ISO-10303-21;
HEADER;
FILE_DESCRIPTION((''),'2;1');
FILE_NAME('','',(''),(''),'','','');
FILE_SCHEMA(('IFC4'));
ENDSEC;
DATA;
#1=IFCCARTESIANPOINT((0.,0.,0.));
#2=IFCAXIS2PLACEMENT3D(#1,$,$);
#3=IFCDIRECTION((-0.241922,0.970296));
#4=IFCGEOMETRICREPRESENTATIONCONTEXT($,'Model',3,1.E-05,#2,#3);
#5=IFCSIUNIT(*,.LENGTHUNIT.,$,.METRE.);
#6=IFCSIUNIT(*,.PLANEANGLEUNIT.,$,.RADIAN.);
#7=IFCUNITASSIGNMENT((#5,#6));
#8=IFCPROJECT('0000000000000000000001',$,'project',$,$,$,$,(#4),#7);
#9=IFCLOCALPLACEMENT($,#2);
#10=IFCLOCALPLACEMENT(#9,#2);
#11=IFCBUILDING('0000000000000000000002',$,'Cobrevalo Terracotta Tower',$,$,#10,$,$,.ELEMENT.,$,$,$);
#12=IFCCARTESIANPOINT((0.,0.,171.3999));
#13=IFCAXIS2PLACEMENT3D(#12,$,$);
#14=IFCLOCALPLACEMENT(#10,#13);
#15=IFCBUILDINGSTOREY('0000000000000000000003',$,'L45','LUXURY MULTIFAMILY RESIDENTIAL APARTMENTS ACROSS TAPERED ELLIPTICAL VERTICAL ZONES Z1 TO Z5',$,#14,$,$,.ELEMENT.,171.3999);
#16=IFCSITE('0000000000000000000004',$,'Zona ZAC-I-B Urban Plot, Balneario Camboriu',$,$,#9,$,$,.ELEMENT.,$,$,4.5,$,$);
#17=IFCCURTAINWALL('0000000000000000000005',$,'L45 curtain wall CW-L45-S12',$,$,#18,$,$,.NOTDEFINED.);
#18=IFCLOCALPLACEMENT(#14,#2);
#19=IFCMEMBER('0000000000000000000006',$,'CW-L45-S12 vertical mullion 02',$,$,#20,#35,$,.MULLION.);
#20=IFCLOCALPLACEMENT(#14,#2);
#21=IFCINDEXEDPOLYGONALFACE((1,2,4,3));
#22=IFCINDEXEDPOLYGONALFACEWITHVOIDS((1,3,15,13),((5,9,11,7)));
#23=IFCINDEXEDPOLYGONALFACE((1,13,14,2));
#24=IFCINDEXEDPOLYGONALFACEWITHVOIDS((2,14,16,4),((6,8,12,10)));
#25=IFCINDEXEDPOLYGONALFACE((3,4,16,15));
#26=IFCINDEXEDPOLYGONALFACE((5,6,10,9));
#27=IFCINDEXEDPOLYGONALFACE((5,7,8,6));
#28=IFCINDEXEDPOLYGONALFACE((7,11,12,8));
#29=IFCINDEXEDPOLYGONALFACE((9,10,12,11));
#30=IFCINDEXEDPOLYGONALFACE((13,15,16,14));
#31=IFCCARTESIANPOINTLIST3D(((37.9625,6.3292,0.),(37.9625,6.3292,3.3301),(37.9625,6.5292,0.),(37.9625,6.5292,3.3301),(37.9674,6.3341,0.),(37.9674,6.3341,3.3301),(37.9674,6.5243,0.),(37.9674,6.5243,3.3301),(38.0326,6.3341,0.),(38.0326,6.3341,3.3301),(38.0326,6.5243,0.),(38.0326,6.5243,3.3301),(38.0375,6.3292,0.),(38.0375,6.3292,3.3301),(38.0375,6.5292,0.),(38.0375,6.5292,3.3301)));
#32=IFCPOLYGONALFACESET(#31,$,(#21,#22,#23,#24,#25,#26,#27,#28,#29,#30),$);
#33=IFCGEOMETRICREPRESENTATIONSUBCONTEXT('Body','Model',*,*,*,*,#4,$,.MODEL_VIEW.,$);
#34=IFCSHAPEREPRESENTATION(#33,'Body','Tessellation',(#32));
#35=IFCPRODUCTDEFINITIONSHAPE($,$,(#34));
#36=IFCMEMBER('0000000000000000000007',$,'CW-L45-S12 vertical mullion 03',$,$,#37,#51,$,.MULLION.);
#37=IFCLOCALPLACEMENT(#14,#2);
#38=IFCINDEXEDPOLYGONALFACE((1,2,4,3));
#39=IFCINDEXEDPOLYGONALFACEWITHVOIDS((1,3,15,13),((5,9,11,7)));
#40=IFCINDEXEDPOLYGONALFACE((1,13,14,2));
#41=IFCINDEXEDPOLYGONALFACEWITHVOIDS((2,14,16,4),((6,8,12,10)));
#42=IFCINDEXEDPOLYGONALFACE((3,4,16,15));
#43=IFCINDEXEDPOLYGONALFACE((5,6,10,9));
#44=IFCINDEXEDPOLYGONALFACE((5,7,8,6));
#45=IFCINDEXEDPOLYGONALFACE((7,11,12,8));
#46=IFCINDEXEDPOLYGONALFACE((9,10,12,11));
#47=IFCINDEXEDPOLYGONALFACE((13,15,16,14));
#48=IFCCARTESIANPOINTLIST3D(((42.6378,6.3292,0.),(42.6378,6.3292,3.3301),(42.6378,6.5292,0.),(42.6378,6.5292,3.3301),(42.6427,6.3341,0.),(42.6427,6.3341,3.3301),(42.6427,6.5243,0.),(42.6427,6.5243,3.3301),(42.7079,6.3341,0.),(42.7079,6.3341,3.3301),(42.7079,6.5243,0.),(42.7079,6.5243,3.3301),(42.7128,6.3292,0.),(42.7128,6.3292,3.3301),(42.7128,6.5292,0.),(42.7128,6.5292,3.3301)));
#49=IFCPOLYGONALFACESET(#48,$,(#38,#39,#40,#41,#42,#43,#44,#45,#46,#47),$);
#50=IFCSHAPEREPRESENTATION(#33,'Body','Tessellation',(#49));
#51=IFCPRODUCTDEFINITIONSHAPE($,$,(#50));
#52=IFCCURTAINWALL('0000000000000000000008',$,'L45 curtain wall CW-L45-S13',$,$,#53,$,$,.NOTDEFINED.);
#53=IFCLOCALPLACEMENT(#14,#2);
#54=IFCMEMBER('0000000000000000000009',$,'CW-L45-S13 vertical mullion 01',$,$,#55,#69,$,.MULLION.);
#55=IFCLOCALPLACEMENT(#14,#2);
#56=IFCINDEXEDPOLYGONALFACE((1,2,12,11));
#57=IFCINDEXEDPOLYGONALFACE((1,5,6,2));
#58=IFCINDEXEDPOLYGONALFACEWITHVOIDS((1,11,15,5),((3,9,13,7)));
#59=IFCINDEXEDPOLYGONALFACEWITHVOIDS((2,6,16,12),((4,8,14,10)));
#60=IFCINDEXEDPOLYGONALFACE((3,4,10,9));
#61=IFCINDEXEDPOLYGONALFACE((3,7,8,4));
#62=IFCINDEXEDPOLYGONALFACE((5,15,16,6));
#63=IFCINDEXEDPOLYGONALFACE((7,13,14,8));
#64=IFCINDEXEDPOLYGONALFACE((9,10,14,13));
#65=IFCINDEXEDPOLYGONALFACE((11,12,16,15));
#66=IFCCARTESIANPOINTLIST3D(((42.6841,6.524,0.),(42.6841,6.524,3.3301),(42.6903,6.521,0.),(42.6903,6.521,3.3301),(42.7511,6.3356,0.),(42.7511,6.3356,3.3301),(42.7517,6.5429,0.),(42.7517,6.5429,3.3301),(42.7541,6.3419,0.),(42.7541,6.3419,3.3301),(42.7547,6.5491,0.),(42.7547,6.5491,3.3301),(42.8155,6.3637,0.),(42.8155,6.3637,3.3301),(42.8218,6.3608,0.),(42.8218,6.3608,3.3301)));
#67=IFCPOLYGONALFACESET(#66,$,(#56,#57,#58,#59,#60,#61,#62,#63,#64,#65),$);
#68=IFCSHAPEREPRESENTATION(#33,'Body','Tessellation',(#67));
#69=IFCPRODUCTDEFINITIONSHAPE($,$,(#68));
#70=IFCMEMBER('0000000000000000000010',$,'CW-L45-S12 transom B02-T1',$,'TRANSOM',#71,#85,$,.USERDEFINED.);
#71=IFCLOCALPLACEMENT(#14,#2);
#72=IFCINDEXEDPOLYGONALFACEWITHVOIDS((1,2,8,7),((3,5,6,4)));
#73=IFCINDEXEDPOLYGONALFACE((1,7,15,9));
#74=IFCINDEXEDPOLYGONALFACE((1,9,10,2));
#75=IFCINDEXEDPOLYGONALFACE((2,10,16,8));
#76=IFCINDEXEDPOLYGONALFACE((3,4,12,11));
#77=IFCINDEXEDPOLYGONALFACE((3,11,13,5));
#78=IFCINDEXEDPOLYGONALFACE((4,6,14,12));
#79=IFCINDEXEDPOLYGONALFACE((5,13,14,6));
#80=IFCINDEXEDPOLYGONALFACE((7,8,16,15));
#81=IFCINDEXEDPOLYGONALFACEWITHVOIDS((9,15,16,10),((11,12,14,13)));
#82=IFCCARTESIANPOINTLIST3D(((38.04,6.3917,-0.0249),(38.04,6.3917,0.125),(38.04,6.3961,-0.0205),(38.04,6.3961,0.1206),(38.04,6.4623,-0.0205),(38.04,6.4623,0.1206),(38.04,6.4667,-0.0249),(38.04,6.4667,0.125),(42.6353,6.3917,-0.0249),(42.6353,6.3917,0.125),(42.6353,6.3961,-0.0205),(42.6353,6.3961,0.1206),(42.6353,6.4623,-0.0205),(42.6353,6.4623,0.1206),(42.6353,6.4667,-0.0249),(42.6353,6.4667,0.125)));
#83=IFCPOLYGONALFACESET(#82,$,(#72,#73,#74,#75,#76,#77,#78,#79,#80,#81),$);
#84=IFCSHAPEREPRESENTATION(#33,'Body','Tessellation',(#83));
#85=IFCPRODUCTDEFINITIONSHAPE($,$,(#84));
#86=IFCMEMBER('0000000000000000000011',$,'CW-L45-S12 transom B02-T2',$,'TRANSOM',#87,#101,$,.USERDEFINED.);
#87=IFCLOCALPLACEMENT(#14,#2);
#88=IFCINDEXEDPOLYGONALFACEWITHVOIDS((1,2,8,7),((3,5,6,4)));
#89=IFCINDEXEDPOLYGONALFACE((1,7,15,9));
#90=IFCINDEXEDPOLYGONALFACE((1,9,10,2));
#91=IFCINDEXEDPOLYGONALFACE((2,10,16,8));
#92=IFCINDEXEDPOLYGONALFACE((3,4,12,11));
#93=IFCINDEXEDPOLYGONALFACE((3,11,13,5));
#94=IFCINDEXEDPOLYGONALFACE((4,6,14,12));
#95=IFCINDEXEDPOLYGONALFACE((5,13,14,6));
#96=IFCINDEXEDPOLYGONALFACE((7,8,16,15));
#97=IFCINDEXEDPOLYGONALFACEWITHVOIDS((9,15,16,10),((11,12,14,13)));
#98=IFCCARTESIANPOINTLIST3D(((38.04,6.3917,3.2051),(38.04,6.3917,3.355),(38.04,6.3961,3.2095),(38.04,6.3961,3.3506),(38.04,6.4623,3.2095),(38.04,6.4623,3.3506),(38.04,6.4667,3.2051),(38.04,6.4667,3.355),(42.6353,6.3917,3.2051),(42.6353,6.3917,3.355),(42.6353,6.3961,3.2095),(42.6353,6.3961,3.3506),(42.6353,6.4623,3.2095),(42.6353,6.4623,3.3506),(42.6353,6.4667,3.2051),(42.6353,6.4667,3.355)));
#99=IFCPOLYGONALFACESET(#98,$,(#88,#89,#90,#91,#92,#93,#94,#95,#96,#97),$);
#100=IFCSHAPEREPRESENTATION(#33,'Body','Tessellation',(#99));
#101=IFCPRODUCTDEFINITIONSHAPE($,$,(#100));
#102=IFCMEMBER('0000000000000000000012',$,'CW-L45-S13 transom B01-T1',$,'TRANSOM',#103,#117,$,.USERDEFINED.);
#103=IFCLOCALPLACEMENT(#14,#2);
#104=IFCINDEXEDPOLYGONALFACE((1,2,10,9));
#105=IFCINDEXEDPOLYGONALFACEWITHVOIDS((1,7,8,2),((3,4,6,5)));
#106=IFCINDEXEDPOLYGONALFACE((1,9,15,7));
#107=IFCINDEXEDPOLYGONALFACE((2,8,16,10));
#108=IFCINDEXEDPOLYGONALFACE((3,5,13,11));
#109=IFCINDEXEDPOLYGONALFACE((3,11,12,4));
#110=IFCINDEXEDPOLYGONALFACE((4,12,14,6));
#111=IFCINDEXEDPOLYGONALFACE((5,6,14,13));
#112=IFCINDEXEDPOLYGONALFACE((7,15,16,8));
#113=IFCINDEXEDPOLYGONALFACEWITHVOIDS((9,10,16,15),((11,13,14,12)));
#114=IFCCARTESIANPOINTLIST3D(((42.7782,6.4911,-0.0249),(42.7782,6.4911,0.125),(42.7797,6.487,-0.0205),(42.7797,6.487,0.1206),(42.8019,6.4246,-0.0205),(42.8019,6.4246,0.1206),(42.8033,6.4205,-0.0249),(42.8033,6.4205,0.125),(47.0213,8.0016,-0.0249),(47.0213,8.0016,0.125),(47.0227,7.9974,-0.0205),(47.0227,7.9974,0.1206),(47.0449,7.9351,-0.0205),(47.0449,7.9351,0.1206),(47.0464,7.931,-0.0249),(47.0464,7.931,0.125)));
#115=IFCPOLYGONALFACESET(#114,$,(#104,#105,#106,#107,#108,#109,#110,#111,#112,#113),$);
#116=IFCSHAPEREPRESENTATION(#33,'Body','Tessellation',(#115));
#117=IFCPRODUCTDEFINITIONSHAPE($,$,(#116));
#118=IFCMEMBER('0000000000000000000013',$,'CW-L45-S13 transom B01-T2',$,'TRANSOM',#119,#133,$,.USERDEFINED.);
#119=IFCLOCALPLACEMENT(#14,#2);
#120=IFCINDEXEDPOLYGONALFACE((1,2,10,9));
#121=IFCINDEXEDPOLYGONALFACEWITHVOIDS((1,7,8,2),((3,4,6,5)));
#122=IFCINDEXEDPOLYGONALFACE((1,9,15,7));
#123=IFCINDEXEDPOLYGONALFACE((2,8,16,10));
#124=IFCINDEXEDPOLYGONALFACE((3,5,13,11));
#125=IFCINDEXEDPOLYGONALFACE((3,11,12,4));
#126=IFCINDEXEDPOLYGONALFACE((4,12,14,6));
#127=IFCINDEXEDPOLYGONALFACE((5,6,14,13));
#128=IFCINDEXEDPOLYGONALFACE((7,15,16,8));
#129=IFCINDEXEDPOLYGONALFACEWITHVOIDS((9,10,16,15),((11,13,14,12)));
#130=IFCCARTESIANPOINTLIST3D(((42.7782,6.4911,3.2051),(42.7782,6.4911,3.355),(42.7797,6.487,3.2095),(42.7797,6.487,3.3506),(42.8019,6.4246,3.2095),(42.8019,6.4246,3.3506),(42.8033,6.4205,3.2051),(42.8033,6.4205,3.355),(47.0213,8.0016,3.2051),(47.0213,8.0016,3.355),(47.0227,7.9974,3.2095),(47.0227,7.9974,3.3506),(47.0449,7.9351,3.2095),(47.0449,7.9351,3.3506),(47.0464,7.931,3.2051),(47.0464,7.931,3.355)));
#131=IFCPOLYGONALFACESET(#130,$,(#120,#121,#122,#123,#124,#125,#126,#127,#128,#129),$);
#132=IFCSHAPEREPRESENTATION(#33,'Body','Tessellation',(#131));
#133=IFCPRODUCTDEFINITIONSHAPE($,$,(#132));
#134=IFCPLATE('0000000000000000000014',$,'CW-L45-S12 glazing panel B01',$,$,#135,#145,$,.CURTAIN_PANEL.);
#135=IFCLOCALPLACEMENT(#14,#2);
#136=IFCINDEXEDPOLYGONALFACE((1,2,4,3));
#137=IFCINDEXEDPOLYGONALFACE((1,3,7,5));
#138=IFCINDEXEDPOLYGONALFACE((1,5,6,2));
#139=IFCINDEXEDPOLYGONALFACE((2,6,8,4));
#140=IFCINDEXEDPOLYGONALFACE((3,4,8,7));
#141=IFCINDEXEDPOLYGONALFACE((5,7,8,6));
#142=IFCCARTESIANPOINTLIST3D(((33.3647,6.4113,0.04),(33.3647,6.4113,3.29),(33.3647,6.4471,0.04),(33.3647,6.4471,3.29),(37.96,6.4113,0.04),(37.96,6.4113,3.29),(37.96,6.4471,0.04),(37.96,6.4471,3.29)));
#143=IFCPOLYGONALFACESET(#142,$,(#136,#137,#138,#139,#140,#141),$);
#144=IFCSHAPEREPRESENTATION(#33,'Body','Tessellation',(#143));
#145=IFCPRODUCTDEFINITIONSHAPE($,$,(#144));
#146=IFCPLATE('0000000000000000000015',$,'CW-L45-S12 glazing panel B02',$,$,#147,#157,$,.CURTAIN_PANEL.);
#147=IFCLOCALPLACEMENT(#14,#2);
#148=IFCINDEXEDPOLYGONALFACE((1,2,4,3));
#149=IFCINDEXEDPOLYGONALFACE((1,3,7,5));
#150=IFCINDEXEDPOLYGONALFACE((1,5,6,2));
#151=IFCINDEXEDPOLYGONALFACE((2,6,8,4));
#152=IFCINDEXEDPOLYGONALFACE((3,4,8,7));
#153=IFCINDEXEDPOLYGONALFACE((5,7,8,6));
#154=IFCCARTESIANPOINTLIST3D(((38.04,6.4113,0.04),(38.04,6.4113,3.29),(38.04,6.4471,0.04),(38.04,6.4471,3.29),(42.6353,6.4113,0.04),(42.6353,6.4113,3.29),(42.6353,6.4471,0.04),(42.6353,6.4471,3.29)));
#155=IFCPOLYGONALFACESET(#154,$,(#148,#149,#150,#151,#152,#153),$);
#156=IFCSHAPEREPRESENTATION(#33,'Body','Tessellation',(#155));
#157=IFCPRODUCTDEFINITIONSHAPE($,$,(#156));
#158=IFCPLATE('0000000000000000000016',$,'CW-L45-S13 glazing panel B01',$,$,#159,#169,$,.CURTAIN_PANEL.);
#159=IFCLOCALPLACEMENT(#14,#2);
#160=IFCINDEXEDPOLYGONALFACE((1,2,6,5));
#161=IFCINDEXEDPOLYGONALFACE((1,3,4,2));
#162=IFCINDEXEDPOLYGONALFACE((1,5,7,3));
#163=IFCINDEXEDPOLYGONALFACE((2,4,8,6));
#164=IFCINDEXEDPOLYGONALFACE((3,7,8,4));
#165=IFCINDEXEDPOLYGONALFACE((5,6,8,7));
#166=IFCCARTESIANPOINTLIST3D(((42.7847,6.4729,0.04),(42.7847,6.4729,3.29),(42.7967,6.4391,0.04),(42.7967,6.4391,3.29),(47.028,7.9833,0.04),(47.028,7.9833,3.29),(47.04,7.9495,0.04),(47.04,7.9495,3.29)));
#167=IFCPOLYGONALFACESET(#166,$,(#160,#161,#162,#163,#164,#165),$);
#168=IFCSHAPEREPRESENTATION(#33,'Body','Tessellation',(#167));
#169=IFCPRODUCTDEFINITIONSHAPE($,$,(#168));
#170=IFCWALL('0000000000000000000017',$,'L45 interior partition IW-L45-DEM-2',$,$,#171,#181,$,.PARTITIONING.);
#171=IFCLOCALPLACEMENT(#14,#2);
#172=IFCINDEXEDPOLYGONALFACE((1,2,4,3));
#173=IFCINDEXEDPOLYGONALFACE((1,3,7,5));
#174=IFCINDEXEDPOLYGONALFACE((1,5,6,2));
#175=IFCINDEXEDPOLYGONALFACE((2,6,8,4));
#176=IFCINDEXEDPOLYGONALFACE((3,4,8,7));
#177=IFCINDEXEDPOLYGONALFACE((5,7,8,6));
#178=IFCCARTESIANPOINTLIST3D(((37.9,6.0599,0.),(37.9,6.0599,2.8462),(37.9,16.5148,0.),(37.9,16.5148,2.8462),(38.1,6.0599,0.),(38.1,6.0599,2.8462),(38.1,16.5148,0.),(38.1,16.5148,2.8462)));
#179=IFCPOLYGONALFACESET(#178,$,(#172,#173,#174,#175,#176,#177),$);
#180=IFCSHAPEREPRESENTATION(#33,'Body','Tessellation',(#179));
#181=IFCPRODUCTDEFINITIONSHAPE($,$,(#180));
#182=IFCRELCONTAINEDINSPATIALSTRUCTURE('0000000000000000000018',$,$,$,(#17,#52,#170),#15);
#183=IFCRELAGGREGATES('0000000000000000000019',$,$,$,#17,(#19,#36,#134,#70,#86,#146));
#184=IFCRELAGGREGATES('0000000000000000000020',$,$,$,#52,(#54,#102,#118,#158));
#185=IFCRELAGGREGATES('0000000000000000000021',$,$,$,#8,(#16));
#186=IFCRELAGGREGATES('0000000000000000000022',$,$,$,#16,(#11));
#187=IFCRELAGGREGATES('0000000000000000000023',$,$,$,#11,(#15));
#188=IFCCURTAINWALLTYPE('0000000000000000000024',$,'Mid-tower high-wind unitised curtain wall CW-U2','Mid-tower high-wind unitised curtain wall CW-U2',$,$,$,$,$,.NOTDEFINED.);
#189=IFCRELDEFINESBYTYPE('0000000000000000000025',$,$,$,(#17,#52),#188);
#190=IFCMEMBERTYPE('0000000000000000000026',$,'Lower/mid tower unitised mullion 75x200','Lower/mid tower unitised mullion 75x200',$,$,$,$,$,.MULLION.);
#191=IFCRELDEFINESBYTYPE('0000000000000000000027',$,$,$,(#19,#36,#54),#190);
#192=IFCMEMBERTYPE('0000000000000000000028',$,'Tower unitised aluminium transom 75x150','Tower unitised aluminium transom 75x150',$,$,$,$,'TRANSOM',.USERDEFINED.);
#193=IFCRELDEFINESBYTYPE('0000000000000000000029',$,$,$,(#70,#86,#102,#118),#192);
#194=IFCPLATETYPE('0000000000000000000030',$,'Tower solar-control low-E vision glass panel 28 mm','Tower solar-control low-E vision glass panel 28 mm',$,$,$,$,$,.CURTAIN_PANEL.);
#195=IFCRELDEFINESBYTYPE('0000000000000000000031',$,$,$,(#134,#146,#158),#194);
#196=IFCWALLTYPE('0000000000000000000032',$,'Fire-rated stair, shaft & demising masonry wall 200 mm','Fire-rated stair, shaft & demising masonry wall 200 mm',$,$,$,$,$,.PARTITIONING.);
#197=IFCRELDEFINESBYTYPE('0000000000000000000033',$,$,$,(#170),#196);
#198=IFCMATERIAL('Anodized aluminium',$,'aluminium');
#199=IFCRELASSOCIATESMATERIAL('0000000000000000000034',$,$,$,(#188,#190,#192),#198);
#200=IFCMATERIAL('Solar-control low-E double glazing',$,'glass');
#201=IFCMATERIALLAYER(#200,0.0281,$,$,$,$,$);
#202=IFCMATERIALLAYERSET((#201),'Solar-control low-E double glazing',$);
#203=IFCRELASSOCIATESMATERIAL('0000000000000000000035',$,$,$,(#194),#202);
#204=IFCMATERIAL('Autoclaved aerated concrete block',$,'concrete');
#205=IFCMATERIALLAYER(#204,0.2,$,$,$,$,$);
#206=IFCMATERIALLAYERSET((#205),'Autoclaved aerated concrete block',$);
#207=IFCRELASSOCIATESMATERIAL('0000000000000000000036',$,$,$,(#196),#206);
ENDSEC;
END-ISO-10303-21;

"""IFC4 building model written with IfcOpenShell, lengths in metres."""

from ifc_helpers import new_model, si_unit, direction, frame, frame_2d, origin, origin_2d, place, context, subcontext, project, spatial, rectangle, hollow_rectangle, extrude, source, transform, mapped, material, layer, layer_set, material_profile, profile_set, type_object, element, aggregate, save


model = new_model("IFC4")

# Units and contexts
model_context = context("Model", 3, precision=1e-05, world=origin(), true_north=direction((-0.241922, 0.970296)))
body_context = subcontext(model_context, "Body", "Model", "MODEL_VIEW")
ifc_project = project(units=[si_unit("LENGTHUNIT", "METRE"), si_unit("PLANEANGLEUNIT", "RADIAN")], contexts=[model_context])

# Site, building, storey
site_placement = place(None, origin())
site = spatial("IfcSite", under=ifc_project, at=site_placement, Name="Zona ZAC-I-B Urban Plot, Balneario Camboriu", CompositionType="ELEMENT", RefElevation=4.5)
building_placement = place(site_placement, origin())
building = spatial("IfcBuilding", under=site, at=building_placement, Name="Cobrevalo Terracotta Tower", CompositionType="ELEMENT")
storey_placement = place(building_placement, frame((0.0, 0.0, 171.3999)))
storey = spatial("IfcBuildingStorey", under=building, at=storey_placement, Name="L45", Description="LUXURY MULTIFAMILY RESIDENTIAL APARTMENTS ACROSS TAPERED ELLIPTICAL VERTICAL ZONES Z1 TO Z5", CompositionType="ELEMENT", Elevation=171.3999)

# Curtain wall, members
ifc_material_1 = material(Name="Anodized aluminium", Category="aluminium")
curtain_wall_type = type_object("IfcCurtainWallType", Name="Mid-tower high-wind unitised curtain wall CW-U2", Description="Mid-tower high-wind unitised curtain wall CW-U2", PredefinedType="NOTDEFINED", material=ifc_material_1)
curtain_wall_1_placement = place(storey_placement, origin())
curtain_wall_1 = element("IfcCurtainWall", 1, at=curtain_wall_1_placement, inside=storey, type_object=curtain_wall_type, Name="L45 curtain wall CW-L45-S12", PredefinedType="NOTDEFINED")
ifc_material_profile_1 = material_profile(ifc_material_1, hollow_rectangle(XDim=0.075, YDim=0.2, WallThickness=0.0049, at=origin_2d()), Name="CWM 75x200")
ifc_profile_set_1 = profile_set([ifc_material_profile_1], Name="Anodized aluminium")
member_type_1 = type_object("IfcMemberType", Name="Lower/mid tower unitised mullion 75x200", Description="Lower/mid tower unitised mullion 75x200", PredefinedType="MULLION", material=ifc_profile_set_1)
shared_shape_1 = source(origin(), body_context, "Body", "SweptSolid", [
    extrude(hollow_rectangle(XDim=0.075, YDim=0.2, WallThickness=0.0049, at=origin_2d()), origin(), (0.0, 0.0, 1.0), 3.3301),
])
member_1_placement = place(storey_placement, frame((38.0, 6.4292, 0.0), z_axis=(0.0, 0.0, 1.0), x_axis=(1.0, 0.0, 0.0)))
member_1 = element("IfcMember", 2, at=member_1_placement, type_object=member_type_1, Name="CW-L45-S12 vertical mullion 02", PredefinedType="MULLION", context=body_context, shape_type="MappedRepresentation", body=[
    mapped(shared_shape_1, transform((0.0, 0.0, 0.0), scale=1.0)),
])
member_2_placement = place(storey_placement, frame((42.6753, 6.4292, 0.0), z_axis=(0.0, 0.0, 1.0), x_axis=(1.0, 0.0, 0.0)))
member_2 = element("IfcMember", 3, at=member_2_placement, type_object=member_type_1, Name="CW-L45-S12 vertical mullion 03", PredefinedType="MULLION", context=body_context, shape_type="MappedRepresentation", body=[
    mapped(shared_shape_1, transform((0.0, 0.0, 0.0), scale=1.0)),
])

# Curtain wall, member
curtain_wall_2_placement = place(storey_placement, origin())
curtain_wall_2 = element("IfcCurtainWall", 4, at=curtain_wall_2_placement, inside=storey, type_object=curtain_wall_type, Name="L45 curtain wall CW-L45-S13", PredefinedType="NOTDEFINED")
member_3_placement = place(storey_placement, frame((42.7529, 6.4424, 0.0), z_axis=(0.0, 0.0, 1.0), x_axis=(0.942098, 0.335336, 0.0)))
member_3 = element("IfcMember", 5, at=member_3_placement, type_object=member_type_1, Name="CW-L45-S13 vertical mullion 01", PredefinedType="MULLION", context=body_context, shape_type="MappedRepresentation", body=[
    mapped(shared_shape_1, transform((0.0, 0.0, 0.0), scale=1.0)),
])

# Members
ifc_material_profile_2 = material_profile(ifc_material_1, hollow_rectangle(XDim=0.075, YDim=0.1499, WallThickness=0.0044, at=origin_2d()), Name="CWT 75x150")
ifc_profile_set_2 = profile_set([ifc_material_profile_2], Name="Anodized aluminium")
member_type_2 = type_object("IfcMemberType", Name="Tower unitised aluminium transom 75x150", Description="Tower unitised aluminium transom 75x150", ElementType="TRANSOM", PredefinedType="USERDEFINED", material=ifc_profile_set_2)
shared_shape_2 = source(origin(), body_context, "Body", "SweptSolid", [
    extrude(hollow_rectangle(XDim=0.075, YDim=0.1499, WallThickness=0.0044, at=origin_2d()), origin(), (0.0, 0.0, 1.0), 4.5952),
])
member_4_placement = place(storey_placement, frame((38.04, 6.4292, 0.05), z_axis=(1.0, 0.0, 0.0), x_axis=(0.0, 1.0, 0.0)))
member_4 = element("IfcMember", 6, at=member_4_placement, type_object=member_type_2, Name="CW-L45-S12 transom B02-T1", ObjectType="TRANSOM", PredefinedType="USERDEFINED", context=body_context, shape_type="MappedRepresentation", body=[
    mapped(shared_shape_2, transform((0.0, 0.0, 0.0), scale=1.0)),
])
member_5_placement = place(storey_placement, frame((38.04, 6.4292, 3.28), z_axis=(1.0, 0.0, 0.0), x_axis=(0.0, 1.0, 0.0)))
member_5 = element("IfcMember", 7, at=member_5_placement, type_object=member_type_2, Name="CW-L45-S12 transom B02-T2", ObjectType="TRANSOM", PredefinedType="USERDEFINED", context=body_context, shape_type="MappedRepresentation", body=[
    mapped(shared_shape_2, transform((0.0, 0.0, 0.0), scale=1.0)),
])
shared_shape_3 = source(origin(), body_context, "Body", "SweptSolid", [
    extrude(hollow_rectangle(XDim=0.075, YDim=0.1499, WallThickness=0.0044, at=origin_2d()), origin(), (0.0, 0.0, 1.0), 4.5039),
])
member_6_placement = place(storey_placement, frame((42.7908, 6.4558, 0.05), z_axis=(0.942087, 0.335368, 0.0), x_axis=(-0.335368, 0.942087, 0.0)))
member_6 = element("IfcMember", 8, at=member_6_placement, type_object=member_type_2, Name="CW-L45-S13 transom B01-T1", ObjectType="TRANSOM", PredefinedType="USERDEFINED", context=body_context, shape_type="MappedRepresentation", body=[
    mapped(shared_shape_3, transform((0.0, 0.0, 0.0), scale=1.0)),
])
member_7_placement = place(storey_placement, frame((42.7908, 6.4558, 3.28), z_axis=(0.942087, 0.335368, 0.0), x_axis=(-0.335368, 0.942087, 0.0)))
member_7 = element("IfcMember", 9, at=member_7_placement, type_object=member_type_2, Name="CW-L45-S13 transom B01-T2", ObjectType="TRANSOM", PredefinedType="USERDEFINED", context=body_context, shape_type="MappedRepresentation", body=[
    mapped(shared_shape_3, transform((0.0, 0.0, 0.0), scale=1.0)),
])

# Plates
ifc_material_2 = material(Name="Solar-control low-E double glazing", Category="glass")
ifc_layer_1 = layer(ifc_material_2, 0.0281)
ifc_layer_set_1 = layer_set([ifc_layer_1], Name="Solar-control low-E double glazing")
plate_type = type_object("IfcPlateType", Name="Tower solar-control low-E vision glass panel 28 mm", Description="Tower solar-control low-E vision glass panel 28 mm", PredefinedType="CURTAIN_PANEL", material=ifc_layer_set_1)
shared_shape_4 = source(origin(), body_context, "Body", "SweptSolid", [
    extrude(rectangle(XDim=4.5952, YDim=0.0359, at=origin_2d()), origin(), (0.0, 0.0, 1.0), 3.25),
])
plate_1_placement = place(storey_placement, frame((35.6624, 6.4292, 0.04), z_axis=(0.0, 0.0, 1.0), x_axis=(1.0, 0.0, 0.0)))
plate_1 = element("IfcPlate", 10, at=plate_1_placement, type_object=plate_type, Name="CW-L45-S12 glazing panel B01", PredefinedType="CURTAIN_PANEL", context=body_context, shape_type="MappedRepresentation", body=[
    mapped(shared_shape_4, transform((0.0, 0.0, 0.0), scale=1.0)),
])
plate_2_placement = place(storey_placement, frame((40.3376, 6.4292, 0.04), z_axis=(0.0, 0.0, 1.0), x_axis=(1.0, 0.0, 0.0)))
plate_2 = element("IfcPlate", 11, at=plate_2_placement, type_object=plate_type, Name="CW-L45-S12 glazing panel B02", PredefinedType="CURTAIN_PANEL", context=body_context, shape_type="MappedRepresentation", body=[
    mapped(shared_shape_4, transform((0.0, 0.0, 0.0), scale=1.0)),
])
aggregate(curtain_wall_1, [member_1, member_2, plate_1, member_4, member_5, plate_2])
shared_shape_5 = source(origin(), body_context, "Body", "SweptSolid", [
    extrude(rectangle(XDim=4.5042, YDim=0.0359, at=origin_2d()), origin(), (0.0, 0.0, 1.0), 3.25),
])
plate_3_placement = place(storey_placement, frame((44.9124, 7.2112, 0.04), z_axis=(0.0, 0.0, 1.0), x_axis=(0.942098, 0.335336, 0.0)))
plate_3 = element("IfcPlate", 12, at=plate_3_placement, type_object=plate_type, Name="CW-L45-S13 glazing panel B01", PredefinedType="CURTAIN_PANEL", context=body_context, shape_type="MappedRepresentation", body=[
    mapped(shared_shape_5, transform((0.0, 0.0, 0.0), scale=1.0)),
])
aggregate(curtain_wall_2, [member_3, member_6, member_7, plate_3])

# Wall
ifc_material_3 = material(Name="Autoclaved aerated concrete block", Category="concrete")
ifc_layer_2 = layer(ifc_material_3, 0.2)
ifc_layer_set_2 = layer_set([ifc_layer_2], Name="Autoclaved aerated concrete block")
wall_type_1 = type_object("IfcWallType", Name="Fire-rated stair, shaft & demising masonry wall 200 mm", Description="Fire-rated stair, shaft & demising masonry wall 200 mm", PredefinedType="PARTITIONING", material=ifc_layer_set_2)
wall_1_placement = place(storey_placement, frame((38.0, 16.5149, 0.0), z_axis=(0.0, 0.0, 1.0), x_axis=(0.0, -1.0, 0.0)))
element("IfcWall", 13, at=wall_1_placement, inside=storey, type_object=wall_type_1, Name="L45 interior partition IW-L45-DEM-2", PredefinedType="PARTITIONING", context=body_context, shape_type="SweptSolid", body=[
    extrude(rectangle(XDim=10.4548, YDim=0.2, at=frame_2d((5.2275, 0.0))), origin(), (0.0, 0.0, 1.0), 2.8462),
])

save(model, "model.ifc")
